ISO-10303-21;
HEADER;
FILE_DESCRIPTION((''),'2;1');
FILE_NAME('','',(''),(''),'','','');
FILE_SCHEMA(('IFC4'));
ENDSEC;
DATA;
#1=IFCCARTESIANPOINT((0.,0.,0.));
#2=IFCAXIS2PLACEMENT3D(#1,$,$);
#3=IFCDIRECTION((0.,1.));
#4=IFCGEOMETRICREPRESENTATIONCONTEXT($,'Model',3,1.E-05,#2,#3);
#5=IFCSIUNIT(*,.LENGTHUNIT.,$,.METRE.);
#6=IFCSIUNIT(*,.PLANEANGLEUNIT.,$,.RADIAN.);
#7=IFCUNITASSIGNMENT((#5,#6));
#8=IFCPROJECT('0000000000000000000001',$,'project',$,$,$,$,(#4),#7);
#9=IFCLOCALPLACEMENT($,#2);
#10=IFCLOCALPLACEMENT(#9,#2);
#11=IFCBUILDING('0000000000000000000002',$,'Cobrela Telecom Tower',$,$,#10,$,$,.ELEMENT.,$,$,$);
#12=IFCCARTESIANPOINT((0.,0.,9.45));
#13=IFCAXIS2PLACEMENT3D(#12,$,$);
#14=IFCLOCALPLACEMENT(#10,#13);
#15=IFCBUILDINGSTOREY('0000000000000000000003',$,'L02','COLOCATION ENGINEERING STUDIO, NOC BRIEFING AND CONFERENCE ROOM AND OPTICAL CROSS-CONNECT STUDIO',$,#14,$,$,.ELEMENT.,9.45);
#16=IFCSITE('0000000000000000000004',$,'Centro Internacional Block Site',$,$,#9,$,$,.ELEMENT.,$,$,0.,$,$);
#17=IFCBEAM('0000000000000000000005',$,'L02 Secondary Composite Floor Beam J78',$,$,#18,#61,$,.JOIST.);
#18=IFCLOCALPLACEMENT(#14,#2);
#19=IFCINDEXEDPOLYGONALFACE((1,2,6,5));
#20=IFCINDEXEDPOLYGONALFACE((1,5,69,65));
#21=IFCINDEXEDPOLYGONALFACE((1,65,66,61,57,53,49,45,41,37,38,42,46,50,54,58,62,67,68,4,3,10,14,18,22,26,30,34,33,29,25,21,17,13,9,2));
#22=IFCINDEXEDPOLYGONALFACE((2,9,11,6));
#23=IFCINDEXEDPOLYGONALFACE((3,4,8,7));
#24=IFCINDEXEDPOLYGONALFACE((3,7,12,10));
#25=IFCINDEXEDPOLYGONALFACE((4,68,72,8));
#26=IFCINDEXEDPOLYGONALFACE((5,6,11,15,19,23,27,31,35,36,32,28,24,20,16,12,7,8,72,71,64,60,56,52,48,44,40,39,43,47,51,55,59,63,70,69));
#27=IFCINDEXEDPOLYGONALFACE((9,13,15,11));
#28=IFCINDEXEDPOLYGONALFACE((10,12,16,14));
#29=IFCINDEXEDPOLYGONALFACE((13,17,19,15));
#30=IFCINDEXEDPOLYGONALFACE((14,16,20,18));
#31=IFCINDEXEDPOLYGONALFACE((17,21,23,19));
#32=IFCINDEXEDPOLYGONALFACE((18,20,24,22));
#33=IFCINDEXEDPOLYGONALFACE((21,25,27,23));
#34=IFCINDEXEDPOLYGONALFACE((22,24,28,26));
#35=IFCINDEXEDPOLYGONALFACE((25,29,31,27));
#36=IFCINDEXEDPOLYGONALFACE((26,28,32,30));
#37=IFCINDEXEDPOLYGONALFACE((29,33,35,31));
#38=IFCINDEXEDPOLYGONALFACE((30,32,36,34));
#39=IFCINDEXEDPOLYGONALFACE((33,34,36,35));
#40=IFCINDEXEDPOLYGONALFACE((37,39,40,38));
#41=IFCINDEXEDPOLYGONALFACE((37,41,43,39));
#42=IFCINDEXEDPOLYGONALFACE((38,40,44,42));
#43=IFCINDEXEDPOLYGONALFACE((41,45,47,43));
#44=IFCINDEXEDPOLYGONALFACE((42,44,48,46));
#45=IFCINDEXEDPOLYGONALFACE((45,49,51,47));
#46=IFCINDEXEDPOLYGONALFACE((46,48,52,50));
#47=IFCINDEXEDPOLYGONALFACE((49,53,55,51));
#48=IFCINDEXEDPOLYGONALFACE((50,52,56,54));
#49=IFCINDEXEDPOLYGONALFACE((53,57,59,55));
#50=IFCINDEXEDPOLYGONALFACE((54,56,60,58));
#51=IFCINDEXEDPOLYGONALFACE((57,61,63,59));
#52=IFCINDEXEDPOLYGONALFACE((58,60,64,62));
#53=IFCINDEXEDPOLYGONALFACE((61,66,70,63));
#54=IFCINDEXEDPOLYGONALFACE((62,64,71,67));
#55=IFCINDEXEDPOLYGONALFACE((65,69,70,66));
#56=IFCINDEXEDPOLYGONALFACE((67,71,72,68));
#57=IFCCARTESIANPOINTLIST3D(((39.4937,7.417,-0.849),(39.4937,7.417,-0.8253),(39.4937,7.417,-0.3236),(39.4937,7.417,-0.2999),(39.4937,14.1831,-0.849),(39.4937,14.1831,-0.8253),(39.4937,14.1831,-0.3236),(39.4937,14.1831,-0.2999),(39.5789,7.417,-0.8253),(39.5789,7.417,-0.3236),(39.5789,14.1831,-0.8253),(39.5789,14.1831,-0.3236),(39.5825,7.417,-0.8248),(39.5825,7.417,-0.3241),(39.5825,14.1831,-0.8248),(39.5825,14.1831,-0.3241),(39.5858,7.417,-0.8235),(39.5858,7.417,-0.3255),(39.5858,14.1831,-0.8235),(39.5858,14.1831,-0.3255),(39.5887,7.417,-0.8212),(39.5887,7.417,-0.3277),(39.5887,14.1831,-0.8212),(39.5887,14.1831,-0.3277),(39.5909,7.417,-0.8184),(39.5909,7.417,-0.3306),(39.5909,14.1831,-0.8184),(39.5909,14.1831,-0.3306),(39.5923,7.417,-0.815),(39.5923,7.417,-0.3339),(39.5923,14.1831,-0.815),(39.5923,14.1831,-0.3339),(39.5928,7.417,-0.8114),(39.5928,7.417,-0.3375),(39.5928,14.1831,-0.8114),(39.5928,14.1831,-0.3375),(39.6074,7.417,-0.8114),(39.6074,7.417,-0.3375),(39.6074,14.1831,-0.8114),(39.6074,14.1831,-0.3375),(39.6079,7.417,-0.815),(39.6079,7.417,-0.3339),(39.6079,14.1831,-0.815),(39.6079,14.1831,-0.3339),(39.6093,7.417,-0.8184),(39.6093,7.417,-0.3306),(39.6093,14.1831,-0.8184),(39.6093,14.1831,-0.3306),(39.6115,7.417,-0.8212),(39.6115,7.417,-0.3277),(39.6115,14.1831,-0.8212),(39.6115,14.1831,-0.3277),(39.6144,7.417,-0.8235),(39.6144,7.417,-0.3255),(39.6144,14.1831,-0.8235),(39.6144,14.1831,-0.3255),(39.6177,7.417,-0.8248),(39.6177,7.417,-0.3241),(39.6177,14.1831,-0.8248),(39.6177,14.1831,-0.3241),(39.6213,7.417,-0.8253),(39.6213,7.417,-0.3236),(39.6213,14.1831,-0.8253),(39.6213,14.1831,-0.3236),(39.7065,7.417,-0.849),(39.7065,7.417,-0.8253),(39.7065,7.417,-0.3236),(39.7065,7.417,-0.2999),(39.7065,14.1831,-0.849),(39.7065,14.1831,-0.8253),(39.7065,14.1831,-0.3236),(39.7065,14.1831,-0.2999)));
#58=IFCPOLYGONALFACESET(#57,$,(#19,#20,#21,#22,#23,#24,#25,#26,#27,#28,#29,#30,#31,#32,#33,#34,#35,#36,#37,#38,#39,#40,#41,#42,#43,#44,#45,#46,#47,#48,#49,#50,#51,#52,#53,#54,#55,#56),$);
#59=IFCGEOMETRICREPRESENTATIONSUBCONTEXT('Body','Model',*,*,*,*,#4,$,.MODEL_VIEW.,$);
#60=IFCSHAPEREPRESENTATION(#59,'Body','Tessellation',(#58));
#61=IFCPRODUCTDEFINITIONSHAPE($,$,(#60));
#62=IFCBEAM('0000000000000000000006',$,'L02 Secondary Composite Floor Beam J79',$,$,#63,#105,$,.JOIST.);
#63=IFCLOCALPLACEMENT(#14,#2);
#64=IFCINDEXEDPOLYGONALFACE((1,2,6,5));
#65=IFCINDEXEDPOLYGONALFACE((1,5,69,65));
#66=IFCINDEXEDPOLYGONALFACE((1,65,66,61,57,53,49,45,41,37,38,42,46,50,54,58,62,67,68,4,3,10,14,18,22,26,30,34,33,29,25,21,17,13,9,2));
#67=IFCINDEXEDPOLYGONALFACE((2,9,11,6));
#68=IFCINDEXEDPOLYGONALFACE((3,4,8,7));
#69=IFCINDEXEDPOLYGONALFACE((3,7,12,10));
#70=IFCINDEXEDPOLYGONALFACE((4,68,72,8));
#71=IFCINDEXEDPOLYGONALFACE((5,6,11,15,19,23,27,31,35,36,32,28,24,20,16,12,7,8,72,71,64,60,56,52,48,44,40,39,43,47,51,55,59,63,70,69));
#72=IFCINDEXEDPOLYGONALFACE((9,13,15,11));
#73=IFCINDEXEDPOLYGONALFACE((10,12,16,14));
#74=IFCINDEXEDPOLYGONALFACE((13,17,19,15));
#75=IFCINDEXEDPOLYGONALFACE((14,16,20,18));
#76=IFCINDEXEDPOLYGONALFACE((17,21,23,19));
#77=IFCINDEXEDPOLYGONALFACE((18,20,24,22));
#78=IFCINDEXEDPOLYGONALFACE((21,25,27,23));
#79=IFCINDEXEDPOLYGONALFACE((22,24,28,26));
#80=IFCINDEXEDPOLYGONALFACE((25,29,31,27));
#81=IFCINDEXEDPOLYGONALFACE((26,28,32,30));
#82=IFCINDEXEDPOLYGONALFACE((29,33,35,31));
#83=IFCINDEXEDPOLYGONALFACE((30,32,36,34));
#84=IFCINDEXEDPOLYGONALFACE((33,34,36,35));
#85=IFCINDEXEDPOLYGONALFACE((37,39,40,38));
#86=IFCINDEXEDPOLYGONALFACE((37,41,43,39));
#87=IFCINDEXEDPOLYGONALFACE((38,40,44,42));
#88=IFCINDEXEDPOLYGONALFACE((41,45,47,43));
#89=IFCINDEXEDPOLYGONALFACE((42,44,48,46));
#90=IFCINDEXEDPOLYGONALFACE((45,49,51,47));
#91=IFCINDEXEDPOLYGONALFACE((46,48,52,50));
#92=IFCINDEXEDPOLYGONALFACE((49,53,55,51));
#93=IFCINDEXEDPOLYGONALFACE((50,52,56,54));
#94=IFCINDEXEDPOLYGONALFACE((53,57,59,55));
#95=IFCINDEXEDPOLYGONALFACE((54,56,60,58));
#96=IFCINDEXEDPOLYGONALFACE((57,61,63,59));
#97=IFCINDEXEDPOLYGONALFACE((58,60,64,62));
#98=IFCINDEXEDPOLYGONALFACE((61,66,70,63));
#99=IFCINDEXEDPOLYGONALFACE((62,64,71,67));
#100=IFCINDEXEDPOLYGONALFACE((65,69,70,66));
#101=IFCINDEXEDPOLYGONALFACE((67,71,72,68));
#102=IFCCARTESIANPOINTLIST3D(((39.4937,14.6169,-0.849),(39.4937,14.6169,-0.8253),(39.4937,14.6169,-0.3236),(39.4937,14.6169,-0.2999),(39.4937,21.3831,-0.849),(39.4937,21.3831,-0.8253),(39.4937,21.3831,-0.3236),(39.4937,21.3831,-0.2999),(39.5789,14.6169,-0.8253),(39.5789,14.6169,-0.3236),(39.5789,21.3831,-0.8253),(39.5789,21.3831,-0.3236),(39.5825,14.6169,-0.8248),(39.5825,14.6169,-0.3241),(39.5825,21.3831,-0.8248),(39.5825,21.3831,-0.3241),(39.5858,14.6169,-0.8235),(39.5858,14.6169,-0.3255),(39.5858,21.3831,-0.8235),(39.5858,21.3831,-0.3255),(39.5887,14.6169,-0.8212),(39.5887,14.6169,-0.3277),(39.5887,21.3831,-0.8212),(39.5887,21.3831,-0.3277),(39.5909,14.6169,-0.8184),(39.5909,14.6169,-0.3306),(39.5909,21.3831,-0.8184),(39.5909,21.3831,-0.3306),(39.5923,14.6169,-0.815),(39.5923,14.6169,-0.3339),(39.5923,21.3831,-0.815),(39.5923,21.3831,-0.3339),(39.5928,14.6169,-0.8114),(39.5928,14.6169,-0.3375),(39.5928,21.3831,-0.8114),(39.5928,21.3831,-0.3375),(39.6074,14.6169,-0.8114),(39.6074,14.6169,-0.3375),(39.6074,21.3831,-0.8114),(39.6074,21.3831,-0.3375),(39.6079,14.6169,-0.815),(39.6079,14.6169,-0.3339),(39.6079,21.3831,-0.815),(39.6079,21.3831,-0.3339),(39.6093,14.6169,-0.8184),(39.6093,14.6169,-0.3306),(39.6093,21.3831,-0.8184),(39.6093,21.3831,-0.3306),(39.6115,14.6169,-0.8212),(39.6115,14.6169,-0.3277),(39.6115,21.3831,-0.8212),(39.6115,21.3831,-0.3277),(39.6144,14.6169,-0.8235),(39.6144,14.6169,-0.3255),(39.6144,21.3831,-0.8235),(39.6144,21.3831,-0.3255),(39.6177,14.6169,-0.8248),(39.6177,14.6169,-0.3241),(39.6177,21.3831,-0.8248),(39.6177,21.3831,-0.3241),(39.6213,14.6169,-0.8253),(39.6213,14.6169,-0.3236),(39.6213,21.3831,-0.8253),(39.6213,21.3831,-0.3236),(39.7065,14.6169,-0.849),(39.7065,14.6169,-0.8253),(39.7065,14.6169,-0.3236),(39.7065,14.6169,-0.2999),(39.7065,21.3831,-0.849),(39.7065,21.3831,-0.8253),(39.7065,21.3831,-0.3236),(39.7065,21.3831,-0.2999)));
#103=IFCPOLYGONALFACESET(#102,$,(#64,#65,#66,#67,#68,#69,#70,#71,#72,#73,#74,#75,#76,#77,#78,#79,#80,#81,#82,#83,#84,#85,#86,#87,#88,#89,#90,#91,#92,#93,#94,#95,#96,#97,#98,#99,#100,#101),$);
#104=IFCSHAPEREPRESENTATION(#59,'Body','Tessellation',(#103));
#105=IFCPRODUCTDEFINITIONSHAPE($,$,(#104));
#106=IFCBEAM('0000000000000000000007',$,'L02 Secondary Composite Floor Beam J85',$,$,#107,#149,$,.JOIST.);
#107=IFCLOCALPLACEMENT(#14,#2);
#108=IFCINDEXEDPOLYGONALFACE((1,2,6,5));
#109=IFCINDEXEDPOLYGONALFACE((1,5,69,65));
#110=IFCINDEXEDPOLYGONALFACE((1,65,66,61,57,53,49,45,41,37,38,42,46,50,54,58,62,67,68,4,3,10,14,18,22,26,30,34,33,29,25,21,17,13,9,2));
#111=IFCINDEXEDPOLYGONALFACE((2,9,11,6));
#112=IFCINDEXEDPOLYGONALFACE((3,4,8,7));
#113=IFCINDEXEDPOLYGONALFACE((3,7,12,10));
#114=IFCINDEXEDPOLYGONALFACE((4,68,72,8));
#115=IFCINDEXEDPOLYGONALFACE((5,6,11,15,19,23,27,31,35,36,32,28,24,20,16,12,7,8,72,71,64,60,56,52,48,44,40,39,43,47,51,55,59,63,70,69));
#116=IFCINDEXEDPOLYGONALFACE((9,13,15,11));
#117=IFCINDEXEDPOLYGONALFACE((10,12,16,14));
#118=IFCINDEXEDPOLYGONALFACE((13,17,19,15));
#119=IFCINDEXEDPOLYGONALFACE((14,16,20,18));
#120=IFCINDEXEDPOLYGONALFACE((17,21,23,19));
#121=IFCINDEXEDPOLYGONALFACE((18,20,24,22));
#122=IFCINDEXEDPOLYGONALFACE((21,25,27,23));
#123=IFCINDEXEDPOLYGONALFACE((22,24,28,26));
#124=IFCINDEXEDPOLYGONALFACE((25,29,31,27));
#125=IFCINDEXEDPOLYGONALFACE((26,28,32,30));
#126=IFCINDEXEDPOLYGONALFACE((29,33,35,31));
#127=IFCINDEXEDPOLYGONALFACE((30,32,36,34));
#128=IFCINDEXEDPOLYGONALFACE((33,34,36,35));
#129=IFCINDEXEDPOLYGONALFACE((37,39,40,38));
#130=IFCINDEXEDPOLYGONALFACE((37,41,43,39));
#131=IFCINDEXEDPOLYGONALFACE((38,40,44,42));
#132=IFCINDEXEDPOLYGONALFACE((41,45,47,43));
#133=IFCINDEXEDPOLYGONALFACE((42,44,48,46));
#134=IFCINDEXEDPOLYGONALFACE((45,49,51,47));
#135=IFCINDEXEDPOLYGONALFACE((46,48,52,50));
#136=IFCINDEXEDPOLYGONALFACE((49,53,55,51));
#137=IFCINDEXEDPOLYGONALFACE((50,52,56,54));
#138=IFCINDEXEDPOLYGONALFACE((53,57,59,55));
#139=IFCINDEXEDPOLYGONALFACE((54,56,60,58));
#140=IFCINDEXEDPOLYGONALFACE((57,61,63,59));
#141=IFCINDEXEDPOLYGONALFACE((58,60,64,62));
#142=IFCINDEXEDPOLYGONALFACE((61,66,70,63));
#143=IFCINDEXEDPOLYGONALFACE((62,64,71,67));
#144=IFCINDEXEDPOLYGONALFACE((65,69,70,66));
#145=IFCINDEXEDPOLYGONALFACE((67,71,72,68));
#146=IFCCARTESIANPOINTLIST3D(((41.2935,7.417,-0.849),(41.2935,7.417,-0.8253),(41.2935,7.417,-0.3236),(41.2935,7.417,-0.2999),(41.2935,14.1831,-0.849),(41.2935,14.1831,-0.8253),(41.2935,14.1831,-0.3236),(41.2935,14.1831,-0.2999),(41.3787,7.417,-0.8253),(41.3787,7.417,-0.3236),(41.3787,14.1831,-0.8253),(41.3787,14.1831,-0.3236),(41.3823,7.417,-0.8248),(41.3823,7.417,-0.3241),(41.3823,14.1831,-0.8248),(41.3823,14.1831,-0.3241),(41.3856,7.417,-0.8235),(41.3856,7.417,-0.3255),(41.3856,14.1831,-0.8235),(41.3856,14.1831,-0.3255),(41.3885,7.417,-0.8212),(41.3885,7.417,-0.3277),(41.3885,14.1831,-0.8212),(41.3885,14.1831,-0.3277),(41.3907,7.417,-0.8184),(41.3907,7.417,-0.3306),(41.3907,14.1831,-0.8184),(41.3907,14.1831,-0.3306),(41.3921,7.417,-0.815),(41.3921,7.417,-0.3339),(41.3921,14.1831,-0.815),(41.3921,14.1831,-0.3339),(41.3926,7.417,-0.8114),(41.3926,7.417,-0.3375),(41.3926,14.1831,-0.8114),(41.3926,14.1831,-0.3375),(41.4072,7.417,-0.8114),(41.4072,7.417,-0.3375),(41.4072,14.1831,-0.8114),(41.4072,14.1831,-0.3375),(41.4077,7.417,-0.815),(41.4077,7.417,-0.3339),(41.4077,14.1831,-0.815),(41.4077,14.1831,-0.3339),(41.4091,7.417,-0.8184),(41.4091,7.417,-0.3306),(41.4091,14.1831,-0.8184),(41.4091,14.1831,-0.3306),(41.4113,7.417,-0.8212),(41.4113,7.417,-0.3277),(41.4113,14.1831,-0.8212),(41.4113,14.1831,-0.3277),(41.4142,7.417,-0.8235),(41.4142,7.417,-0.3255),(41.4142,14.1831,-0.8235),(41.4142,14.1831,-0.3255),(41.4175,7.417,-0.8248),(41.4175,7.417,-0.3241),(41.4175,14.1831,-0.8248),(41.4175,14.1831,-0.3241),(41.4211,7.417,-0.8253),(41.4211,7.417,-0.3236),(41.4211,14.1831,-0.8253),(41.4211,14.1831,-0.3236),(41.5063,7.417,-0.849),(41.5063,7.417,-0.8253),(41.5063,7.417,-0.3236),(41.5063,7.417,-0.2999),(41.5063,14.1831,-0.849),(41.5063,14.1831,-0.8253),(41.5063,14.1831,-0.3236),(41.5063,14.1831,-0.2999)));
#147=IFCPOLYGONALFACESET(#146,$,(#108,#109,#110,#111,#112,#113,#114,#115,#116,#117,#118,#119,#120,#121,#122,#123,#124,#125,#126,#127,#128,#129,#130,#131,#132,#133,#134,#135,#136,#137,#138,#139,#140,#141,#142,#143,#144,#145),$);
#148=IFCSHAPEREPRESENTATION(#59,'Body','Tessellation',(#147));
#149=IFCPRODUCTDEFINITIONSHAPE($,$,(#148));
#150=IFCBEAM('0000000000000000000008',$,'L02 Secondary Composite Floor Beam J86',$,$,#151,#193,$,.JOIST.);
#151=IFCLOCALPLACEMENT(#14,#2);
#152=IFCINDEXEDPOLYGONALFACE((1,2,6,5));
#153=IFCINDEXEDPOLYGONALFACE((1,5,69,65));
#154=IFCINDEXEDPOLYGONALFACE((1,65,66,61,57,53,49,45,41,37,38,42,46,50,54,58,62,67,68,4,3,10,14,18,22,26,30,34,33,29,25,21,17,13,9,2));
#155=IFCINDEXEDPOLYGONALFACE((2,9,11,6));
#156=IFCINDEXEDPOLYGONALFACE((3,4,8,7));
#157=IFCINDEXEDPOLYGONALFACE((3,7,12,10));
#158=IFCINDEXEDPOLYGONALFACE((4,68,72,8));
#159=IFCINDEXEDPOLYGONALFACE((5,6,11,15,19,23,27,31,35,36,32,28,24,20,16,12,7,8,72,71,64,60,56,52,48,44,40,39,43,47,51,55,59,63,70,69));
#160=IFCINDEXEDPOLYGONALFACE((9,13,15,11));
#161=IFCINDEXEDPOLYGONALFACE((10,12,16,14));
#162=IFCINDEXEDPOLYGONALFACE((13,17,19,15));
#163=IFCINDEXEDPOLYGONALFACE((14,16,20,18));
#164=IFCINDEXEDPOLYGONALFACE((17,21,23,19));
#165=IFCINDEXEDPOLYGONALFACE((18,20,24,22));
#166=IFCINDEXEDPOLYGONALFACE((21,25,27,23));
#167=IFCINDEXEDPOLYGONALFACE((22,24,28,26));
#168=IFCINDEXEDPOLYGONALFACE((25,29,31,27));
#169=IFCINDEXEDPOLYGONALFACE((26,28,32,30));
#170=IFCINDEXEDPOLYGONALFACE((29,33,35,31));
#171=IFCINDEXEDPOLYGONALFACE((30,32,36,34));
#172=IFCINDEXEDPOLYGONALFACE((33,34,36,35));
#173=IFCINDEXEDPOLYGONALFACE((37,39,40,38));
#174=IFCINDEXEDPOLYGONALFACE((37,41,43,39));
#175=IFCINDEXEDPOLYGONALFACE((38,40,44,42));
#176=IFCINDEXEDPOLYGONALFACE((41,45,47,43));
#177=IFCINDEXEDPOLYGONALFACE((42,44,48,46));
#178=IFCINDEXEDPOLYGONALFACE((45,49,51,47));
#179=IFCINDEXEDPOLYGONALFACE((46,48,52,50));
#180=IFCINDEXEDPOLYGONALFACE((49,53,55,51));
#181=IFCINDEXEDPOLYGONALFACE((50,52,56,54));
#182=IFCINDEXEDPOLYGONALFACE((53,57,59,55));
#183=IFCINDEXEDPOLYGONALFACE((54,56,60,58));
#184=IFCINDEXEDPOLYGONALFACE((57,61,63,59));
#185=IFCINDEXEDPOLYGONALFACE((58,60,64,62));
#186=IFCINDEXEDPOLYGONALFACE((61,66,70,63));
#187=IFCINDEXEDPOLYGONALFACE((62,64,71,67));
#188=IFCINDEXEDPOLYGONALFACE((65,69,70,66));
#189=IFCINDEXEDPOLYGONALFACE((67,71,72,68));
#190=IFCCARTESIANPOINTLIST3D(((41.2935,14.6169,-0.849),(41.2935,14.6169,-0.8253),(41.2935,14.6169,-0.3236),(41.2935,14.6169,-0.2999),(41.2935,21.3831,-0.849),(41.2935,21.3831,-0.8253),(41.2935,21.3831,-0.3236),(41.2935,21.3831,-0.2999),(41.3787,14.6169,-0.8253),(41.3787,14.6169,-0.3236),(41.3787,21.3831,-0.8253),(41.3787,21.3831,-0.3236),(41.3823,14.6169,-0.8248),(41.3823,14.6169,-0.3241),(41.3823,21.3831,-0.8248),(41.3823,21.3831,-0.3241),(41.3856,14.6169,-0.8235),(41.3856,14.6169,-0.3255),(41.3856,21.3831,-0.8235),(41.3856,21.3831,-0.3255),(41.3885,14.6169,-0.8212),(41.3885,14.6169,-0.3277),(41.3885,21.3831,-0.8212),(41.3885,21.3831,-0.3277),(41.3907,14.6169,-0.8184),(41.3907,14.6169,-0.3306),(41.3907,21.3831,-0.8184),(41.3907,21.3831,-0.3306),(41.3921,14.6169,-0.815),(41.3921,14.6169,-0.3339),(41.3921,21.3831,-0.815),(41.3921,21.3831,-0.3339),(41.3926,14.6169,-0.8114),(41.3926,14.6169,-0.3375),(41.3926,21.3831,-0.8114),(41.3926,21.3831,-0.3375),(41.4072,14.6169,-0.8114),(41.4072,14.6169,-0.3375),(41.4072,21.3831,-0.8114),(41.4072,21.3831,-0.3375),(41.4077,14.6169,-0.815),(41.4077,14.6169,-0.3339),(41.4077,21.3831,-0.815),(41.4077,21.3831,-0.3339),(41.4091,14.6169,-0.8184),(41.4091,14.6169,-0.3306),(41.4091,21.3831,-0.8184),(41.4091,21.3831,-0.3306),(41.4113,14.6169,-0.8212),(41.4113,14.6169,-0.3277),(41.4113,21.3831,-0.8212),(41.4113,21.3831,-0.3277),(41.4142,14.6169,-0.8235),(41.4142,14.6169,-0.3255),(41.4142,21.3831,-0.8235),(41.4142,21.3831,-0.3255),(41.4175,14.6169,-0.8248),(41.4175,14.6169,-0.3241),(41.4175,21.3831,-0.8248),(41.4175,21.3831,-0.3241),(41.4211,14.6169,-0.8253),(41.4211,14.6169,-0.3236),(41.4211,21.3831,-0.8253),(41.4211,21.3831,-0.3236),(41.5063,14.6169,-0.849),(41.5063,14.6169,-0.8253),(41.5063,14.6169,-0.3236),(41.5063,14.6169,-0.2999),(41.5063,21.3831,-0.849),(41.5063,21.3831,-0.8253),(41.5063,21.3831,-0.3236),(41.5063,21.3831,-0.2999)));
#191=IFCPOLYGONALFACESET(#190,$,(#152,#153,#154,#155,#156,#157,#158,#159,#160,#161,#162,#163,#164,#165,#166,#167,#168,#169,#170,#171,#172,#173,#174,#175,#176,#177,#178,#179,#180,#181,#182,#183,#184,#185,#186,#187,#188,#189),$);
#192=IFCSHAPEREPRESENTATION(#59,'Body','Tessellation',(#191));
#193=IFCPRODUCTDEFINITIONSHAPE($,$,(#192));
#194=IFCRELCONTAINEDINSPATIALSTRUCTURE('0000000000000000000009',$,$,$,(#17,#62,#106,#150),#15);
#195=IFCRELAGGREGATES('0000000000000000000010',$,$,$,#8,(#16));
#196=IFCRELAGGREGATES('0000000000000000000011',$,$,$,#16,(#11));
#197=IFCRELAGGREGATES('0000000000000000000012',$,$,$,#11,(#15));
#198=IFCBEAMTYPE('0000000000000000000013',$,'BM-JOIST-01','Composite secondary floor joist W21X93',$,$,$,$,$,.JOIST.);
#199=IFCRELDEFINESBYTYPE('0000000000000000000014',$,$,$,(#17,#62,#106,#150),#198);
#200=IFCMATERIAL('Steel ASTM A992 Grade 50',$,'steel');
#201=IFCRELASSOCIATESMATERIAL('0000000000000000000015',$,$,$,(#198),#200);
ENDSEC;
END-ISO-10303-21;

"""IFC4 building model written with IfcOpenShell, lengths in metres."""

from ifc_helpers import new_model, si_unit, direction, frame, origin, origin_2d, place, context, subcontext, project, spatial, i_section, extrude, material, material_profile, profile_set, type_object, element, save


model = new_model("IFC4")

# Units and contexts
model_context = context("Model", 3, precision=1e-05, world=origin(), true_north=direction((0.0, 1.0)))
body_context = subcontext(model_context, "Body", "Model", "MODEL_VIEW")
ifc_project = project(units=[si_unit("LENGTHUNIT", "METRE"), si_unit("PLANEANGLEUNIT", "RADIAN")], contexts=[model_context])

# Site, building, storey
site_placement = place(None, origin())
site = spatial("IfcSite", under=ifc_project, at=site_placement, Name="Centro Internacional Block Site", CompositionType="ELEMENT", RefElevation=0.0)
building_placement = place(site_placement, origin())
building = spatial("IfcBuilding", under=site, at=building_placement, Name="Cobrela Telecom Tower", CompositionType="ELEMENT")
storey_placement = place(building_placement, frame((0.0, 0.0, 9.45)))
storey = spatial("IfcBuildingStorey", under=building, at=storey_placement, Name="L02", Description="COLOCATION ENGINEERING STUDIO, NOC BRIEFING AND CONFERENCE ROOM AND OPTICAL CROSS-CONNECT STUDIO", CompositionType="ELEMENT", Elevation=9.45)

# Beams
ifc_material_1 = material(Name="Steel ASTM A992 Grade 50", Category="steel")
ifc_material_profile_1 = material_profile(ifc_material_1, i_section(OverallWidth=0.2129, OverallDepth=0.5491, WebThickness=0.0146, FlangeThickness=0.0237, FilletRadius=0.0139, at=origin_2d()), Name="W21X93")
ifc_profile_set_1 = profile_set([ifc_material_profile_1], Name="Steel ASTM A992 Grade 50")
beam_type_1 = type_object("IfcBeamType", Name="BM-JOIST-01", Description="Composite secondary floor joist W21X93", PredefinedType="JOIST", material=ifc_profile_set_1)
for number, where, z_axis, x_axis, name in (
    (1, (39.6001, 7.417, -0.5745), (0.0, 1.0, 0.0), (-1.0, 0.0, 0.0), "L02 Secondary Composite Floor Beam J78"),
    (2, (39.6001, 14.6169, -0.5745), (0.0, 1.0, 0.0), (-1.0, 0.0, 0.0), "L02 Secondary Composite Floor Beam J79"),
    (3, (41.3999, 7.417, -0.5745), (0.0, 1.0, 0.0), (-1.0, 0.0, 0.0), "L02 Secondary Composite Floor Beam J85"),
    (4, (41.3999, 14.6169, -0.5745), (0.0, 1.0, 0.0), (-1.0, 0.0, 0.0), "L02 Secondary Composite Floor Beam J86"),
):
    element("IfcBeam", number, at=place(storey_placement, frame(where, z_axis=z_axis, x_axis=x_axis)), inside=storey, type_object=beam_type_1, Name=name, PredefinedType="JOIST", context=body_context, shape_type="SweptSolid", body=[
        extrude(i_section(OverallWidth=0.2129, OverallDepth=0.5491, WebThickness=0.0146, FlangeThickness=0.0237, FilletRadius=0.0139, at=origin_2d()), origin(), (0.0, 0.0, 1.0), 6.7661),
    ])

save(model, "model.ifc")
